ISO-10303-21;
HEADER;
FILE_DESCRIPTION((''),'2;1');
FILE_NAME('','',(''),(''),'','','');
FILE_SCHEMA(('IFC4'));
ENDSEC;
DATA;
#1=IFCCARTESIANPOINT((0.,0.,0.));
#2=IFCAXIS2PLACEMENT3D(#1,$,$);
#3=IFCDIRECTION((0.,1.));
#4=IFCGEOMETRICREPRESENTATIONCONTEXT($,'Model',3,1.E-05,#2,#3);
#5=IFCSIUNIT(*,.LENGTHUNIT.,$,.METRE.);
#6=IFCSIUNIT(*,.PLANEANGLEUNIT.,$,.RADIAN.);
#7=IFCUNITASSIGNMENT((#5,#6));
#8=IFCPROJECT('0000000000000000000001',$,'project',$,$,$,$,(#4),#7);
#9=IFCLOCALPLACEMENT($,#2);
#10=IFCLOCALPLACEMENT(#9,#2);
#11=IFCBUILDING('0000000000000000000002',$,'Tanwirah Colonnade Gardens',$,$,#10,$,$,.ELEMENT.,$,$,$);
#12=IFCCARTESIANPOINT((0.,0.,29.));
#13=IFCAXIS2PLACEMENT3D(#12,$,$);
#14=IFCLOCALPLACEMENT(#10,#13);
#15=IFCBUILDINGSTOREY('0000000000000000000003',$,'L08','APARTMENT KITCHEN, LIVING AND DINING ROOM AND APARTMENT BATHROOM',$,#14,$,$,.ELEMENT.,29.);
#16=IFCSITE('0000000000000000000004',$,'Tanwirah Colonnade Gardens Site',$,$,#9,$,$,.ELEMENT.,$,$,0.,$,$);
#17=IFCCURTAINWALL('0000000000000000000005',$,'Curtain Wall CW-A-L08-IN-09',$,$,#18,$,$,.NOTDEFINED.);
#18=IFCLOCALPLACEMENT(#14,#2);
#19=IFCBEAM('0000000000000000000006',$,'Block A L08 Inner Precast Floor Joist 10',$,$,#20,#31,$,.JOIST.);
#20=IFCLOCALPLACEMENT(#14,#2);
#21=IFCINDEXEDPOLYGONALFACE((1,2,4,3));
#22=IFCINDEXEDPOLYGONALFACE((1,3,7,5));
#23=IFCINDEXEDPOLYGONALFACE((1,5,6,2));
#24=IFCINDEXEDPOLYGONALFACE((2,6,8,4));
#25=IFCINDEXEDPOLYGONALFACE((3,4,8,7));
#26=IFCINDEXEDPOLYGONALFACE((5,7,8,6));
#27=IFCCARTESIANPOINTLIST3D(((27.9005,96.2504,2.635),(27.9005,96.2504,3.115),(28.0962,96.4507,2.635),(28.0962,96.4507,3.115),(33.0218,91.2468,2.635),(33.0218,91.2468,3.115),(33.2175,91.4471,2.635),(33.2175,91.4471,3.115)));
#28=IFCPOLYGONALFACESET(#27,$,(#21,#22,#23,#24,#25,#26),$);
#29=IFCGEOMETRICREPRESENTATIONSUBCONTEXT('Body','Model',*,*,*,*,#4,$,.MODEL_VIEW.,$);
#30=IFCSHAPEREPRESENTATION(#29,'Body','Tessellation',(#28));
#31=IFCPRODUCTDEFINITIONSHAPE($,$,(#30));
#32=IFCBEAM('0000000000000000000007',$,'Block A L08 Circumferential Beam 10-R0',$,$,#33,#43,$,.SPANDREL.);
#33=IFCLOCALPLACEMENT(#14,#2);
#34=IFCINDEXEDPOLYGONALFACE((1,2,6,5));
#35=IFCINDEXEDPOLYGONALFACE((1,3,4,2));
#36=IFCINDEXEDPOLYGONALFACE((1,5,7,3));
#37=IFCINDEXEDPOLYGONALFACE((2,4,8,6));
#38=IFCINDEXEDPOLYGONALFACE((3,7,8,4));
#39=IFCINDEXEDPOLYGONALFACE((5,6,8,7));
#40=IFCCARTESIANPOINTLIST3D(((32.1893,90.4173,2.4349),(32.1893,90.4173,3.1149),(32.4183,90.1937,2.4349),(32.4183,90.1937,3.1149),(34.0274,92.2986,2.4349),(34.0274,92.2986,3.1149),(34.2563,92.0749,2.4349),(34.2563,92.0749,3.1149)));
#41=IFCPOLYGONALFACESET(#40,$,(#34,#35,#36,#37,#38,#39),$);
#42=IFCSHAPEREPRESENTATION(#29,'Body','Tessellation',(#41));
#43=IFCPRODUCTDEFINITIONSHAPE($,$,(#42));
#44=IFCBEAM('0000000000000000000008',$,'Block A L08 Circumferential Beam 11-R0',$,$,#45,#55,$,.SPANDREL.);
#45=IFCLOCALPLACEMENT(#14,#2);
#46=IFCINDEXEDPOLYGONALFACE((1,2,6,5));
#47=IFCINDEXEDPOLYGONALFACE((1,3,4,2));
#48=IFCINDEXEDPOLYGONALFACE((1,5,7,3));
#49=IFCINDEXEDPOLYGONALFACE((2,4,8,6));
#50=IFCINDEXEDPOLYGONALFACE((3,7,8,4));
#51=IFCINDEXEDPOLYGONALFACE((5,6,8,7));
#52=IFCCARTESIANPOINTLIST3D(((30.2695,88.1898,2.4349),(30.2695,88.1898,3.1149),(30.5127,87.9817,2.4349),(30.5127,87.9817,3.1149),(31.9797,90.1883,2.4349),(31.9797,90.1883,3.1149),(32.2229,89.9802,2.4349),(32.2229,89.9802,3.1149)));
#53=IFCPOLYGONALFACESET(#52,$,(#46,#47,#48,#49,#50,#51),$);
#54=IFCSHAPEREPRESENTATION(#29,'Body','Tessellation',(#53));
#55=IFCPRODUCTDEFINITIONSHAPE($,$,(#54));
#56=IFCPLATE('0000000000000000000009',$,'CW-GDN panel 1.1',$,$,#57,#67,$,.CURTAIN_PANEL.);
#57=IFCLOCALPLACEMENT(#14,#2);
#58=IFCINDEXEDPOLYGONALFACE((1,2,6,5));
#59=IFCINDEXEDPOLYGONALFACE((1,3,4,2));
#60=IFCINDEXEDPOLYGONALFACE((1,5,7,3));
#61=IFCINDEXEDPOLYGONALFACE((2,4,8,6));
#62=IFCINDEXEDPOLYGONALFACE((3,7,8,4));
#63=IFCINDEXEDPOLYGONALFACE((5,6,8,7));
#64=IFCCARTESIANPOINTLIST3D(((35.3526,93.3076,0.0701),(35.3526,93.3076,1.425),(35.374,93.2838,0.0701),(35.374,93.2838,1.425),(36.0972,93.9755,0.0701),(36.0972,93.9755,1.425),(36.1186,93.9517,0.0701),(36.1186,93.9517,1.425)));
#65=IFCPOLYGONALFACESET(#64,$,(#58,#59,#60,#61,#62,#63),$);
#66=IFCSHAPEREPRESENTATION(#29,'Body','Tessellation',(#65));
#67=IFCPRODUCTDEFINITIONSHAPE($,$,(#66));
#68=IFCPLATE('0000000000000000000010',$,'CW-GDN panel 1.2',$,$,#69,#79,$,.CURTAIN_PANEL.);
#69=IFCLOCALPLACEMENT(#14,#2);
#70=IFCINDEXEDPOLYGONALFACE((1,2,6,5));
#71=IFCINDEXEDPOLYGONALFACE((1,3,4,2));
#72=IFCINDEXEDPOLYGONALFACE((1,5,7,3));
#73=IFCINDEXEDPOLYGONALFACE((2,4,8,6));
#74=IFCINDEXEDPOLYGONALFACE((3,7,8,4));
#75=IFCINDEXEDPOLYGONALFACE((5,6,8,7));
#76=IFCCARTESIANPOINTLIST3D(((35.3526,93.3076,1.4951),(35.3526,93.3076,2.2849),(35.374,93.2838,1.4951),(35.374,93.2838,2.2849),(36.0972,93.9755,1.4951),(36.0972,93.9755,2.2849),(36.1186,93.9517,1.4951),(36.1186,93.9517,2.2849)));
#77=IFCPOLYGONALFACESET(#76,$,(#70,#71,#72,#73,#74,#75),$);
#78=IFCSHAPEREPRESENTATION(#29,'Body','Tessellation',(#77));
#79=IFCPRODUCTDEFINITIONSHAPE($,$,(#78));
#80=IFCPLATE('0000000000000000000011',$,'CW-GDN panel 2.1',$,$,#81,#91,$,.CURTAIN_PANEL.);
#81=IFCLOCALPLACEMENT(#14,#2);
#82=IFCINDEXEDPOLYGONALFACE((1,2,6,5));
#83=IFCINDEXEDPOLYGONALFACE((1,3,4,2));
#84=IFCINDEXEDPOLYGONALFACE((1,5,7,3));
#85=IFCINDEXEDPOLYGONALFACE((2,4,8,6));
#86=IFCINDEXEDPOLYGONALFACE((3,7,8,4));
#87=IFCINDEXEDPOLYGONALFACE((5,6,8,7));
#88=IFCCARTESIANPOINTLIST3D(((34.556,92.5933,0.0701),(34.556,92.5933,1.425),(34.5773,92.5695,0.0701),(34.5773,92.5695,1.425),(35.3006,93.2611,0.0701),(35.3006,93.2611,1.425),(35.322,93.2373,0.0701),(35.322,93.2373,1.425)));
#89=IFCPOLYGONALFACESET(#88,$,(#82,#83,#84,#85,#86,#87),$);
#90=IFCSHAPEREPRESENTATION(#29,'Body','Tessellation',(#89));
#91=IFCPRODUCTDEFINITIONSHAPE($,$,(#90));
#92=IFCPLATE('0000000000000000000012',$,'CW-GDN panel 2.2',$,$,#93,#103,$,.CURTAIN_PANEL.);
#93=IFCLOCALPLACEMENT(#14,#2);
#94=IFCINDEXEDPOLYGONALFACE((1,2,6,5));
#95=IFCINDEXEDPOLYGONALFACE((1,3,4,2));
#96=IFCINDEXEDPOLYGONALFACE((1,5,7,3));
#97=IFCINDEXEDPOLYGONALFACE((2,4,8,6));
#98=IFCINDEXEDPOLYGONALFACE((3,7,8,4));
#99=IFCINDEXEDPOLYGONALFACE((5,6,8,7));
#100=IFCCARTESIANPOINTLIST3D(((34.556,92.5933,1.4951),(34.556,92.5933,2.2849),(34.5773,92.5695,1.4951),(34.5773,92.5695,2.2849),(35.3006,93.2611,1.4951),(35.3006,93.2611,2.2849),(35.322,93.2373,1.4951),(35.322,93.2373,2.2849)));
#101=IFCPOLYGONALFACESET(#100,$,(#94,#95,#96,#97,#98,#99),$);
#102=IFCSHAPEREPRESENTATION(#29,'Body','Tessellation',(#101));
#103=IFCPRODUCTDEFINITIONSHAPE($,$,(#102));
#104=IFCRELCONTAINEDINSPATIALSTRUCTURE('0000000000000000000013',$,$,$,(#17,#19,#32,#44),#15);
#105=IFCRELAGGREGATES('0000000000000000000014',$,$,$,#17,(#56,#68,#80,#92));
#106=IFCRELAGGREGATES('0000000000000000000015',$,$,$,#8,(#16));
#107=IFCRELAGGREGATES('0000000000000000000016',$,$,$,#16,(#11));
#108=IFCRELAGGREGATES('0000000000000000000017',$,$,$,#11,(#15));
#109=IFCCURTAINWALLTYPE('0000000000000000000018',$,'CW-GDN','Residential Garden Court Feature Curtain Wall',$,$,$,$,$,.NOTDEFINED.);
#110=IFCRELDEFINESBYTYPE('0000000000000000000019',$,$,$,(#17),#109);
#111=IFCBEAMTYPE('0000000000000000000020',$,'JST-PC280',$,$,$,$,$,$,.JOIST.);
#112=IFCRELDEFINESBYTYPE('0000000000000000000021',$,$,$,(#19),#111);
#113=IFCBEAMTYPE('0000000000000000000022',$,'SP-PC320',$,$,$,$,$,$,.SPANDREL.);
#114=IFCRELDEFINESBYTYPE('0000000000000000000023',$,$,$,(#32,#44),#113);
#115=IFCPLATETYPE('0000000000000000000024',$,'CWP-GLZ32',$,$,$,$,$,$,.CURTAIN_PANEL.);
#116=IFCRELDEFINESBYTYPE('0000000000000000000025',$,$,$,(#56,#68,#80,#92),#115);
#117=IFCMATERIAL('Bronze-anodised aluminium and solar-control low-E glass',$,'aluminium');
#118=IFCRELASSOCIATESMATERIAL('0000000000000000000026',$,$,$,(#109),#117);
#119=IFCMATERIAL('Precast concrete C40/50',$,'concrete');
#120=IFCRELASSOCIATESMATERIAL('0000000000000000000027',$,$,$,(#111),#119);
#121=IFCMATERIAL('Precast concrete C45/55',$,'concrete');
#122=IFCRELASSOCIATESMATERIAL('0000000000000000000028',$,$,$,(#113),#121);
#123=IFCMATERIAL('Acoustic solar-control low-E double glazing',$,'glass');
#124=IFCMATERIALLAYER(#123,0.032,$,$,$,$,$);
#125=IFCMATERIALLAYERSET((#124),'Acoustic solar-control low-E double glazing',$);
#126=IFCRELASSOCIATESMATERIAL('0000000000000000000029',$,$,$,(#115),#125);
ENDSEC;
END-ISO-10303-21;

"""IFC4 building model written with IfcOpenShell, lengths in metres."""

from ifc_helpers import new_model, si_unit, direction, frame, origin, origin_2d, place, context, subcontext, project, spatial, rectangle, extrude, material, layer, layer_set, material_profile, profile_set, type_object, element, aggregate, save


model = new_model("IFC4")

# Units and contexts
model_context = context("Model", 3, precision=1e-05, world=origin(), true_north=direction((0.0, 1.0)))
body_context = subcontext(model_context, "Body", "Model", "MODEL_VIEW")
ifc_project = project(units=[si_unit("LENGTHUNIT", "METRE"), si_unit("PLANEANGLEUNIT", "RADIAN")], contexts=[model_context])

# Site, building, storey
site_placement = place(None, origin())
site = spatial("IfcSite", under=ifc_project, at=site_placement, Name="Tanwirah Colonnade Gardens Site", CompositionType="ELEMENT", RefElevation=0.0)
building_placement = place(site_placement, origin())
building = spatial("IfcBuilding", under=site, at=building_placement, Name="Tanwirah Colonnade Gardens", CompositionType="ELEMENT")
storey_placement = place(building_placement, frame((0.0, 0.0, 29.0)))
storey = spatial("IfcBuildingStorey", under=building, at=storey_placement, Name="L08", Description="APARTMENT KITCHEN, LIVING AND DINING ROOM AND APARTMENT BATHROOM", CompositionType="ELEMENT", Elevation=29.0)

# Shared definitions
ifc_material_1 = material(Name="Precast concrete C40/50", Category="concrete")

# Curtain wall
ifc_material_2 = material(Name="Bronze-anodised aluminium and solar-control low-E glass", Category="aluminium")
curtain_wall_type = type_object("IfcCurtainWallType", Name="CW-GDN", Description="Residential Garden Court Feature Curtain Wall", PredefinedType="NOTDEFINED", material=ifc_material_2)
curtain_wall_placement = place(storey_placement, origin())
curtain_wall = element("IfcCurtainWall", 1, at=curtain_wall_placement, inside=storey, type_object=curtain_wall_type, Name="Curtain Wall CW-A-L08-IN-09", PredefinedType="NOTDEFINED")

# Beams
ifc_material_profile_1 = material_profile(ifc_material_1, rectangle(XDim=0.28, YDim=0.48, at=origin_2d()), Name="PC-JST 280x480")
ifc_profile_set_1 = profile_set([ifc_material_profile_1], Name="Precast concrete C40/50")
beam_type_1 = type_object("IfcBeamType", Name="JST-PC280", PredefinedType="JOIST", material=ifc_profile_set_1)
beam_1_placement = place(storey_placement, frame((33.1196, 91.3469, 2.875), z_axis=(-0.715277, 0.698841, 0.0), x_axis=(-0.698841, -0.715277, 0.0)))
element("IfcBeam", 2, at=beam_1_placement, inside=storey, type_object=beam_type_1, Name="Block A L08 Inner Precast Floor Joist 10", PredefinedType="JOIST", context=body_context, shape_type="SweptSolid", body=[
    extrude(rectangle(XDim=0.28, YDim=0.48, at=origin_2d()), origin(), (0.0, 0.0, 1.0), 7.1599),
])
ifc_material_3 = material(Name="Precast concrete C45/55", Category="concrete")
ifc_material_profile_2 = material_profile(ifc_material_3, rectangle(XDim=0.3201, YDim=0.6799, at=origin_2d()), Name="PC-SP 320x680")
ifc_profile_set_2 = profile_set([ifc_material_profile_2], Name="Precast concrete C45/55")
beam_type_2 = type_object("IfcBeamType", Name="SP-PC320", PredefinedType="SPANDREL", material=ifc_profile_set_2)
beam_2_placement = place(storey_placement, frame((34.1418, 92.1868, 2.7749), z_axis=(-0.698844, -0.715274, 0.0), x_axis=(0.715274, -0.698844, 0.0)))
element("IfcBeam", 3, at=beam_2_placement, inside=storey, type_object=beam_type_2, Name="Block A L08 Circumferential Beam 10-R0", PredefinedType="SPANDREL", context=body_context, shape_type="SweptSolid", body=[
    extrude(rectangle(XDim=0.3201, YDim=0.6799, at=origin_2d()), origin(), (0.0, 0.0, 1.0), 2.6301),
])
beam_3_placement = place(storey_placement, frame((32.1013, 90.0842, 2.7749), z_axis=(-0.650172, -0.759787, 0.0), x_axis=(0.759787, -0.650172, 0.0)))
element("IfcBeam", 4, at=beam_3_placement, inside=storey, type_object=beam_type_2, Name="Block A L08 Circumferential Beam 11-R0", PredefinedType="SPANDREL", context=body_context, shape_type="SweptSolid", body=[
    extrude(rectangle(XDim=0.3201, YDim=0.6799, at=origin_2d()), origin(), (0.0, 0.0, 1.0), 2.6304),
])

# Plates
ifc_material_4 = material(Name="Acoustic solar-control low-E double glazing", Category="glass")
ifc_layer = layer(ifc_material_4, 0.032)
ifc_layer_set = layer_set([ifc_layer], Name="Acoustic solar-control low-E double glazing")
plate_type = type_object("IfcPlateType", Name="CWP-GLZ32", PredefinedType="CURTAIN_PANEL", material=ifc_layer_set)
plate_1_placement = place(storey_placement, frame((35.7356, 93.6296, 0.0701), z_axis=(0.0, 0.0, 1.0), x_axis=(-0.74444, -0.667689, 0.0)))
plate_1 = element("IfcPlate", 5, at=plate_1_placement, type_object=plate_type, Name="CW-GDN panel 1.1", PredefinedType="CURTAIN_PANEL", context=body_context, shape_type="SweptSolid", body=[
    extrude(rectangle(XDim=1.0002, YDim=0.032, at=origin_2d()), origin(), (0.0, 0.0, 1.0), 1.355),
])
plate_2_placement = place(storey_placement, frame((35.7356, 93.6296, 1.4951), z_axis=(0.0, 0.0, 1.0), x_axis=(-0.74444, -0.667689, 0.0)))
plate_2 = element("IfcPlate", 6, at=plate_2_placement, type_object=plate_type, Name="CW-GDN panel 1.2", PredefinedType="CURTAIN_PANEL", context=body_context, shape_type="SweptSolid", body=[
    extrude(rectangle(XDim=1.0002, YDim=0.032, at=origin_2d()), origin(), (0.0, 0.0, 1.0), 0.7898),
])
plate_3_placement = place(storey_placement, frame((34.939, 92.9153, 0.0701), z_axis=(0.0, 0.0, 1.0), x_axis=(-0.74444, -0.667689, 0.0)))
plate_3 = element("IfcPlate", 7, at=plate_3_placement, type_object=plate_type, Name="CW-GDN panel 2.1", PredefinedType="CURTAIN_PANEL", context=body_context, shape_type="SweptSolid", body=[
    extrude(rectangle(XDim=1.0002, YDim=0.032, at=origin_2d()), origin(), (0.0, 0.0, 1.0), 1.355),
])
plate_4_placement = place(storey_placement, frame((34.939, 92.9153, 1.4951), z_axis=(0.0, 0.0, 1.0), x_axis=(-0.74444, -0.667689, 0.0)))
plate_4 = element("IfcPlate", 8, at=plate_4_placement, type_object=plate_type, Name="CW-GDN panel 2.2", PredefinedType="CURTAIN_PANEL", context=body_context, shape_type="SweptSolid", body=[
    extrude(rectangle(XDim=1.0002, YDim=0.032, at=origin_2d()), origin(), (0.0, 0.0, 1.0), 0.7898),
])
aggregate(curtain_wall, [plate_1, plate_2, plate_3, plate_4])

save(model, "model.ifc")
